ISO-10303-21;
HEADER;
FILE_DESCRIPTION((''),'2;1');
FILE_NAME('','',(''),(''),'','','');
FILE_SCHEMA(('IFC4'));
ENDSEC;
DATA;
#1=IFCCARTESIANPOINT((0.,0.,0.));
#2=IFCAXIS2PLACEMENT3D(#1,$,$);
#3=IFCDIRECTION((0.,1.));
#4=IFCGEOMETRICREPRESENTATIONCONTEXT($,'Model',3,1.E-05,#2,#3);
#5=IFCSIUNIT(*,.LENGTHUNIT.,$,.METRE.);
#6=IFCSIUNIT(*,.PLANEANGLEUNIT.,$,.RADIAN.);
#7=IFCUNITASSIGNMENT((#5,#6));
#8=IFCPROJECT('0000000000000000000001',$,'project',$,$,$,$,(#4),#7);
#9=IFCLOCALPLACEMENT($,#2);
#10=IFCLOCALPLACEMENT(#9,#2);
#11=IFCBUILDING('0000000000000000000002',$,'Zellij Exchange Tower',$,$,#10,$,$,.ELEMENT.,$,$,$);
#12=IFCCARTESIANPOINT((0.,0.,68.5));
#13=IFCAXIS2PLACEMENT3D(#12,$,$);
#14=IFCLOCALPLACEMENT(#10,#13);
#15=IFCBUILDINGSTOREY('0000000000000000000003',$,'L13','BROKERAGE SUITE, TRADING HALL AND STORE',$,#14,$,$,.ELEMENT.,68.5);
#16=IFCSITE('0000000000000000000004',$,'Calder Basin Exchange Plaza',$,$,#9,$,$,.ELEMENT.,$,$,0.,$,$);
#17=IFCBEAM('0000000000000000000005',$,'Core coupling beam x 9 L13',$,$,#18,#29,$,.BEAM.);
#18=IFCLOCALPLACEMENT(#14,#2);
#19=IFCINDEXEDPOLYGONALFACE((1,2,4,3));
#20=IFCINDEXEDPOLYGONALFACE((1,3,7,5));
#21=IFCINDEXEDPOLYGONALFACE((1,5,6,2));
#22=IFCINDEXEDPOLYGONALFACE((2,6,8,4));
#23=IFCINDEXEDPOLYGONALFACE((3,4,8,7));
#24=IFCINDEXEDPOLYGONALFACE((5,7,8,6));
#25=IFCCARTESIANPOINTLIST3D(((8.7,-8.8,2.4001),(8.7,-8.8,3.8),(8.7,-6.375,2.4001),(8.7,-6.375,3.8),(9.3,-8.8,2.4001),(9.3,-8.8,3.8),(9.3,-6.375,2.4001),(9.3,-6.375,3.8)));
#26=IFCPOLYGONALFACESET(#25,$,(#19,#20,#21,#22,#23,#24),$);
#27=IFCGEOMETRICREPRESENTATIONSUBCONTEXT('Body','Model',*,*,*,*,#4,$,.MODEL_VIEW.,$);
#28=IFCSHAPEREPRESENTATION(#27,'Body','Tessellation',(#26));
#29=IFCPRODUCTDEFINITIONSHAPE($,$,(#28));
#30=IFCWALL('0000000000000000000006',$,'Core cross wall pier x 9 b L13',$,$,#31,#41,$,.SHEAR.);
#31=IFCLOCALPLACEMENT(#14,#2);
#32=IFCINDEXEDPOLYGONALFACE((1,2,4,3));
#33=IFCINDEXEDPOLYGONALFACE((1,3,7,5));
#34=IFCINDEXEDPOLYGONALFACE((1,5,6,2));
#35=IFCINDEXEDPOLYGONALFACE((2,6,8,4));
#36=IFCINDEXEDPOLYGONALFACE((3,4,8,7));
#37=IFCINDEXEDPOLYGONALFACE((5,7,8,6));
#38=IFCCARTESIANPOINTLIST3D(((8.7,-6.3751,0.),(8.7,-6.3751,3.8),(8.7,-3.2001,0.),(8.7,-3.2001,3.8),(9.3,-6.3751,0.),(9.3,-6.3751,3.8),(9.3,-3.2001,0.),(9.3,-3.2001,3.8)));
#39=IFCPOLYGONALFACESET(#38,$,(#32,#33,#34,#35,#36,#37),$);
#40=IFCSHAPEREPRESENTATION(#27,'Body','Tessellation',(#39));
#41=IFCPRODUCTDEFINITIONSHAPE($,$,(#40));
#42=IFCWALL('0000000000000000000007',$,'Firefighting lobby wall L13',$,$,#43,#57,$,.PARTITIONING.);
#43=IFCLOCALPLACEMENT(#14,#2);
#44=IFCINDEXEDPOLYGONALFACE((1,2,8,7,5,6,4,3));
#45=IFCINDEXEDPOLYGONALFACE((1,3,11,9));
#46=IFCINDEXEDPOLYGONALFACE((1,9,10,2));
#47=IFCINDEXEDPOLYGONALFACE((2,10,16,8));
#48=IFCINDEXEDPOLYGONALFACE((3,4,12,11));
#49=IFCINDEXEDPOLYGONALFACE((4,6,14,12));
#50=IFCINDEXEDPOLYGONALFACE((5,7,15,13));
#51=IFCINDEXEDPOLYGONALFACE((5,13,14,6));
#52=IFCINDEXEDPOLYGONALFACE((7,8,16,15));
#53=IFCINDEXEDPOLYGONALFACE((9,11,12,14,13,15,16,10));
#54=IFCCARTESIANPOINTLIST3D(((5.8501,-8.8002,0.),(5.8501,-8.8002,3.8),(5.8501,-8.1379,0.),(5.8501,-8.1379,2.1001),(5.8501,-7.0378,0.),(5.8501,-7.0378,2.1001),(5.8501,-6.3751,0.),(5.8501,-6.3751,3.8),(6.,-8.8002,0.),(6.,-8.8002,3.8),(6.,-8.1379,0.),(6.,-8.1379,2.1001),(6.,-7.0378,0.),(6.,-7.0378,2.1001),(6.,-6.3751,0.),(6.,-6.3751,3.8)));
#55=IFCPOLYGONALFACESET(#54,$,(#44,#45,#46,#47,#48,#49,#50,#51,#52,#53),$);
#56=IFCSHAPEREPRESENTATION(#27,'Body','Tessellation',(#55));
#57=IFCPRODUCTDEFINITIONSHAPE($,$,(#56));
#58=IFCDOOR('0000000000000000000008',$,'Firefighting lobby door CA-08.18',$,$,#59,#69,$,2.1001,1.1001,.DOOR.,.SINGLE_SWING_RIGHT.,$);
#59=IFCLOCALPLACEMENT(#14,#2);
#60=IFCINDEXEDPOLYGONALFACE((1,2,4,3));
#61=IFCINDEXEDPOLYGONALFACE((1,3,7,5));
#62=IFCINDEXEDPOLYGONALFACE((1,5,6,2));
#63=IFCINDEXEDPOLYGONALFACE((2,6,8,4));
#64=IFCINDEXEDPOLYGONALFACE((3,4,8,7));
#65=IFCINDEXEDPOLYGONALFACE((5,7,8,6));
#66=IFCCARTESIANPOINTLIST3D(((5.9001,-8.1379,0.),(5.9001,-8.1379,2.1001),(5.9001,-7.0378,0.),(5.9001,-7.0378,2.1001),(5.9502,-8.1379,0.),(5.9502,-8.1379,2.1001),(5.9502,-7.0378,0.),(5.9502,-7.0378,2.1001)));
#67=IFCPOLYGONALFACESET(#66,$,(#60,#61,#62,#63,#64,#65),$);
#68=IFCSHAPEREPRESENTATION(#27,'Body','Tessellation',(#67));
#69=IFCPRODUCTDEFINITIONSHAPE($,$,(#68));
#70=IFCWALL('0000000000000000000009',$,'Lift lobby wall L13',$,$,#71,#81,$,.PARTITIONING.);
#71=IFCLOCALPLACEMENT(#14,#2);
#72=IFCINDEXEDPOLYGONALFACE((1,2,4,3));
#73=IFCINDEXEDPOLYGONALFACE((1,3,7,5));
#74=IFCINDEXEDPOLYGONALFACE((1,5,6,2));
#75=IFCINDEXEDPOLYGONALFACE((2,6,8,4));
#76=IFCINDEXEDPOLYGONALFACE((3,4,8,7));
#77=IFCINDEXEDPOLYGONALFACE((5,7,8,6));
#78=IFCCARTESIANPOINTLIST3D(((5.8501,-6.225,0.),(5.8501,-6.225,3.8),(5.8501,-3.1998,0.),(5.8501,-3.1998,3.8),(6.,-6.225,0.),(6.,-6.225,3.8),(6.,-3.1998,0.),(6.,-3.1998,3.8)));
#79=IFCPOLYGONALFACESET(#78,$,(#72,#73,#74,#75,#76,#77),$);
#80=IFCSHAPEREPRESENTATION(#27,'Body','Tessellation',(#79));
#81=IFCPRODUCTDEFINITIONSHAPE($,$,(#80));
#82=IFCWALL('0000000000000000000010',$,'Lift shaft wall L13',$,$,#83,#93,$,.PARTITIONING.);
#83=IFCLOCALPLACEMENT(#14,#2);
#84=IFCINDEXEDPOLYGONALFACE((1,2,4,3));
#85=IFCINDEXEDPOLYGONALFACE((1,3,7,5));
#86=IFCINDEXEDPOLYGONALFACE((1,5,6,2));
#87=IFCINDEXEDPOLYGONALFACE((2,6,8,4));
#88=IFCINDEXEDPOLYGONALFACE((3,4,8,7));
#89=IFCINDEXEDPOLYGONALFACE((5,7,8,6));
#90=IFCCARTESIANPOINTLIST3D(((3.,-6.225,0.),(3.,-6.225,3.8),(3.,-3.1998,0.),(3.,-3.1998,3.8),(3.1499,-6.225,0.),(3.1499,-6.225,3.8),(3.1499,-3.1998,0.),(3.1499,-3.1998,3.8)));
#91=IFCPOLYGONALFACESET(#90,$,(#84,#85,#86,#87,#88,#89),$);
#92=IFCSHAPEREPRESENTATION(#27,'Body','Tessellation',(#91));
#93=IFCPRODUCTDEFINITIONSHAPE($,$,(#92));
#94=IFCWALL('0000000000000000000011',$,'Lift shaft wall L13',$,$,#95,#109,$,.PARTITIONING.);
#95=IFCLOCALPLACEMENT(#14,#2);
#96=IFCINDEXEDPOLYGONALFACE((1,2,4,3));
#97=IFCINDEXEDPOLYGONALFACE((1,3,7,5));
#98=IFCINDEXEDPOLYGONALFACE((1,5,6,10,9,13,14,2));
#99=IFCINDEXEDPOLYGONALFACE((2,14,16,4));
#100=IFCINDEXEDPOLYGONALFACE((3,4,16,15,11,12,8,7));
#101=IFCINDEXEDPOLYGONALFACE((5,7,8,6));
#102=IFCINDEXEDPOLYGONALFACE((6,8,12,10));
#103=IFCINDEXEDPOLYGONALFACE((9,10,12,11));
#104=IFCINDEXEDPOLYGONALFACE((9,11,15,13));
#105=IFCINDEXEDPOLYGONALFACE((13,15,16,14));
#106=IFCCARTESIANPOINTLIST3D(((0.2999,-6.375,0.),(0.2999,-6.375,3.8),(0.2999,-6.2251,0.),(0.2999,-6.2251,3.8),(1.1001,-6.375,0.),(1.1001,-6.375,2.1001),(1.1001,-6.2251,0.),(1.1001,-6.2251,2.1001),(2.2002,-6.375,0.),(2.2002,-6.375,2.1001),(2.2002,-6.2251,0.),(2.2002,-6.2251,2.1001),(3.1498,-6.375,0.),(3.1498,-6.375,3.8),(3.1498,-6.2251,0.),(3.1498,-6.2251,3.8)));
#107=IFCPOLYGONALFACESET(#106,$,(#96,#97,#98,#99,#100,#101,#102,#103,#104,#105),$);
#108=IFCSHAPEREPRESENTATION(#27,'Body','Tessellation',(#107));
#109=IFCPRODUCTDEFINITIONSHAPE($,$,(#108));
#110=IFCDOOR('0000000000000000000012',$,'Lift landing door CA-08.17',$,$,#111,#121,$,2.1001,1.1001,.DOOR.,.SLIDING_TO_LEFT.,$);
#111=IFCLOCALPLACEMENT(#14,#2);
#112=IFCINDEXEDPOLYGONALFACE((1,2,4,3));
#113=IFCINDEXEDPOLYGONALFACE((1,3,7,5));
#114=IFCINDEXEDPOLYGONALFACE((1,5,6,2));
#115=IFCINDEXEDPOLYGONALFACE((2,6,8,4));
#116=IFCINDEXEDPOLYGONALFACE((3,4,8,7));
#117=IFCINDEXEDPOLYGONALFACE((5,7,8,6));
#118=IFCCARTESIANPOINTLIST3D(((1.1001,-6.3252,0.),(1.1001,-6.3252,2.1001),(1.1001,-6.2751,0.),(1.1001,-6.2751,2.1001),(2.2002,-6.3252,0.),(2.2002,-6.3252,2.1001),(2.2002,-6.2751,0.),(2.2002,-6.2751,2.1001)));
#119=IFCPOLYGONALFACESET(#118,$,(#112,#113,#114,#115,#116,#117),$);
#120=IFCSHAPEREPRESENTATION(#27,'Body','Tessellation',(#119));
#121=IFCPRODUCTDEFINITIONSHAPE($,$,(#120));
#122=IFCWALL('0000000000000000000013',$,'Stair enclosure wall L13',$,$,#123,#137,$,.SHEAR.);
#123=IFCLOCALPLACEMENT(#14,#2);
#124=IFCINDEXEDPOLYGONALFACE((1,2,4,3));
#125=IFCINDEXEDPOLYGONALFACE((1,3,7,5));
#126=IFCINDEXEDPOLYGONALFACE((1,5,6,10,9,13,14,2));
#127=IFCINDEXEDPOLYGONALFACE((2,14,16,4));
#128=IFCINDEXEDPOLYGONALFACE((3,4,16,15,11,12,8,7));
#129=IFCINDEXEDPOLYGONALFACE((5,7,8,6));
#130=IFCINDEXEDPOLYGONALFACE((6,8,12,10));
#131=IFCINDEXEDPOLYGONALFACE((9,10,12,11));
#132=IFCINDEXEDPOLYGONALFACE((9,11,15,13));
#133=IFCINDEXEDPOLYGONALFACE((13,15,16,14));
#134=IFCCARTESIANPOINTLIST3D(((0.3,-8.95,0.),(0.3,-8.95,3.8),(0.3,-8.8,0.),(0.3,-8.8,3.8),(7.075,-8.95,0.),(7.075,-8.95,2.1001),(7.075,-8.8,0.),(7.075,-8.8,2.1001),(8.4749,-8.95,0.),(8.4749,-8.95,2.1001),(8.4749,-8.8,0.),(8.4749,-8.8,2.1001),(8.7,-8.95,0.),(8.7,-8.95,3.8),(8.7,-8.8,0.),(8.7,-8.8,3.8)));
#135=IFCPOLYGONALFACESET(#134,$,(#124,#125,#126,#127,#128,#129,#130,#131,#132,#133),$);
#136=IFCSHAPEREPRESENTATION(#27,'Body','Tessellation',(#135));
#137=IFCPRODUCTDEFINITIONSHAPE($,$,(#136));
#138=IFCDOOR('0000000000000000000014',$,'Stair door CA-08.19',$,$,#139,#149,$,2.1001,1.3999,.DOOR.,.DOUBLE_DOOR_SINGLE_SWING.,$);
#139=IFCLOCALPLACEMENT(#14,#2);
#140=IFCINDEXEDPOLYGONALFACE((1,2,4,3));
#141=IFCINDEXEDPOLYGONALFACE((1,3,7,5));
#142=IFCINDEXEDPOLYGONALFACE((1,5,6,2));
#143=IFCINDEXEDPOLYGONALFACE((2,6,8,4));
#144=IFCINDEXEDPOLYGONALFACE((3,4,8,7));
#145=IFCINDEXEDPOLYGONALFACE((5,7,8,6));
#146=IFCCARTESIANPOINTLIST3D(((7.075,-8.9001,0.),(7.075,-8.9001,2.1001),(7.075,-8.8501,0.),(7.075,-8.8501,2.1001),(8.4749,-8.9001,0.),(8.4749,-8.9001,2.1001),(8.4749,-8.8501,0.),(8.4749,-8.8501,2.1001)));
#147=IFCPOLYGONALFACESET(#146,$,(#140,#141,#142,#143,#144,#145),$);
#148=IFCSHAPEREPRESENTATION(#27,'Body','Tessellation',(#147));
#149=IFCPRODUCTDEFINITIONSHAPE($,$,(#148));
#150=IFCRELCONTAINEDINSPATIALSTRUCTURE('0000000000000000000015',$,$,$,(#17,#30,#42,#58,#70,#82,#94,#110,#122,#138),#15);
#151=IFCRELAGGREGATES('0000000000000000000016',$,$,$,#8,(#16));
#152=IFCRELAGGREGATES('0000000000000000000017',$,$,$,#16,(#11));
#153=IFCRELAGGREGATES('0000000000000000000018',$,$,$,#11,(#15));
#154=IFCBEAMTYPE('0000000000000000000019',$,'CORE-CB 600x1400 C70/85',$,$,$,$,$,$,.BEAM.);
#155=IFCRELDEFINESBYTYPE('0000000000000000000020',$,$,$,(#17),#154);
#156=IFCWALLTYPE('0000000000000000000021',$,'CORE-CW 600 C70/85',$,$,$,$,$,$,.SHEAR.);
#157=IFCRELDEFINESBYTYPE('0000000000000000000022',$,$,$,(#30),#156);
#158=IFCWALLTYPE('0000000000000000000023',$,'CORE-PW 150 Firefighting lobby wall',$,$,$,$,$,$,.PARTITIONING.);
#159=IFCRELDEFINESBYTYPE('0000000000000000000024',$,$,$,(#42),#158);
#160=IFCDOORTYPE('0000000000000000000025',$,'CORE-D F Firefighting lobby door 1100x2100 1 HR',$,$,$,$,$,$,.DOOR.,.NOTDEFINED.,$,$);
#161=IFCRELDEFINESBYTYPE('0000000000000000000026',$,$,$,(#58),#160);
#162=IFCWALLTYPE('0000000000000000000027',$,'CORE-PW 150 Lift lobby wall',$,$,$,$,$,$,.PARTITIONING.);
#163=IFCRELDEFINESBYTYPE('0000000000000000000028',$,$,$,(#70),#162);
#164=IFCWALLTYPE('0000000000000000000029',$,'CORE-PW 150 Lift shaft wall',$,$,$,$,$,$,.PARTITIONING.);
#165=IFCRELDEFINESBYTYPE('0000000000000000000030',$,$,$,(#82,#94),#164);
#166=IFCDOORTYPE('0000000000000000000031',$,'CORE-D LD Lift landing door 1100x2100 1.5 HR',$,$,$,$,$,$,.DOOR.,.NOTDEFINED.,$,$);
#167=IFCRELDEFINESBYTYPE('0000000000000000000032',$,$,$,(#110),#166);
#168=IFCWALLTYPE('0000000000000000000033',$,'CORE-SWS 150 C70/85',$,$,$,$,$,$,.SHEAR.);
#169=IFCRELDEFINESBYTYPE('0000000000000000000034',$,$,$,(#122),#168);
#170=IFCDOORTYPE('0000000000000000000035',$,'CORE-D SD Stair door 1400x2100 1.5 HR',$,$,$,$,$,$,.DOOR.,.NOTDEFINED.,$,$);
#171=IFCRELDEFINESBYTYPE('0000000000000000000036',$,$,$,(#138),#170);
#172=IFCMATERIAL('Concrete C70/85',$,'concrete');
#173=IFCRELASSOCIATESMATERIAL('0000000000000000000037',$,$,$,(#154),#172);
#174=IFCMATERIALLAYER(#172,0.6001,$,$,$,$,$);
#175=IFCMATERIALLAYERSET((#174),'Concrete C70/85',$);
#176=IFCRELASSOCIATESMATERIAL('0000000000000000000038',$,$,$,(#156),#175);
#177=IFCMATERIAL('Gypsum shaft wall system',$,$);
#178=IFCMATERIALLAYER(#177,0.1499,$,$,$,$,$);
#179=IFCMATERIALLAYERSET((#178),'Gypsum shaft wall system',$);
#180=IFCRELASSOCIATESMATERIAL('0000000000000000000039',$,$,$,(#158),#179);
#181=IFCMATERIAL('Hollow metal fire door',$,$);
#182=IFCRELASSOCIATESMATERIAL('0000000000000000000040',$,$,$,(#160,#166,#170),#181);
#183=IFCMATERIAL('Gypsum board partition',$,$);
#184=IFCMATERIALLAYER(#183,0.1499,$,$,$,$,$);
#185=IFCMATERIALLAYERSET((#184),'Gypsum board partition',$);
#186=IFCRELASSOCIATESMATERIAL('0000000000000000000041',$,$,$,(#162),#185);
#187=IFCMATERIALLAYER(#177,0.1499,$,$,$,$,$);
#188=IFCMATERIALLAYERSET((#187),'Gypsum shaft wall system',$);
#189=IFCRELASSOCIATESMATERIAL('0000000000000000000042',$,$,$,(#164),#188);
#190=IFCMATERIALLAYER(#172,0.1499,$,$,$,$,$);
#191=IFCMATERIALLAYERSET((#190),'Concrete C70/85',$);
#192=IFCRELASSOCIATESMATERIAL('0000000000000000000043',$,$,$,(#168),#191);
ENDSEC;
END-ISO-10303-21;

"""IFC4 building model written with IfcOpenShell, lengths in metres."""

from ifc_helpers import new_model, si_unit, direction, frame, frame_2d, origin, origin_2d, place, context, subcontext, project, spatial, rectangle, extrude, material, layer, layer_set, material_profile, profile_set, type_object, element, fill, save


model = new_model("IFC4")

# Units and contexts
model_context = context("Model", 3, precision=1e-05, world=origin(), true_north=direction((0.0, 1.0)))
body_context = subcontext(model_context, "Body", "Model", "MODEL_VIEW")
ifc_project = project(units=[si_unit("LENGTHUNIT", "METRE"), si_unit("PLANEANGLEUNIT", "RADIAN")], contexts=[model_context])

# Site, building, storey
site_placement = place(None, origin())
site = spatial("IfcSite", under=ifc_project, at=site_placement, Name="Calder Basin Exchange Plaza", CompositionType="ELEMENT", RefElevation=0.0)
building_placement = place(site_placement, origin())
building = spatial("IfcBuilding", under=site, at=building_placement, Name="Zellij Exchange Tower", CompositionType="ELEMENT")
storey_placement = place(building_placement, frame((0.0, 0.0, 68.5)))
storey = spatial("IfcBuildingStorey", under=building, at=storey_placement, Name="L13", Description="BROKERAGE SUITE, TRADING HALL AND STORE", CompositionType="ELEMENT", Elevation=68.5)

# Beam
ifc_material_1 = material(Name="Concrete C70/85", Category="concrete")
ifc_material_profile = material_profile(ifc_material_1, rectangle(XDim=0.6001, YDim=1.3999, at=origin_2d()), Name="CORE-CB 600x1400 C70/85")
ifc_profile_set = profile_set([ifc_material_profile], Name="Concrete C70/85")
beam_type = type_object("IfcBeamType", Name="CORE-CB 600x1400 C70/85", PredefinedType="BEAM", material=ifc_profile_set)
beam_placement = place(storey_placement, frame((9.0, -8.8, 3.1001), z_axis=(0.0, 1.0, 0.0), x_axis=(-1.0, 0.0, 0.0)))
element("IfcBeam", 1, at=beam_placement, inside=storey, type_object=beam_type, Name="Core coupling beam x 9 L13", PredefinedType="BEAM", context=body_context, shape_type="SweptSolid", body=[
    extrude(rectangle(XDim=0.6001, YDim=1.3999, at=origin_2d()), origin(), (0.0, 0.0, 1.0), 2.425),
])

# Wall
ifc_layer_1 = layer(ifc_material_1, 0.6001)
ifc_layer_set_1 = layer_set([ifc_layer_1], Name="Concrete C70/85")
wall_type_1 = type_object("IfcWallType", Name="CORE-CW 600 C70/85", PredefinedType="SHEAR", material=ifc_layer_set_1)
wall_1_placement = place(storey_placement, frame((9.0, -6.375, 0.0), z_axis=(0.0, 0.0, 1.0), x_axis=(0.0, 1.0, 0.0)))
element("IfcWall", 2, at=wall_1_placement, inside=storey, type_object=wall_type_1, Name="Core cross wall pier x 9 b L13", PredefinedType="SHEAR", context=body_context, shape_type="SweptSolid", body=[
    extrude(rectangle(XDim=3.175, YDim=0.6001, at=frame_2d((1.5874, 0.0))), origin(), (0.0, 0.0, 1.0), 3.8),
])

# Wall, opening, door
ifc_material_2 = material(Name="Gypsum shaft wall system")
ifc_layer_2 = layer(ifc_material_2, 0.1499)
ifc_layer_set_2 = layer_set([ifc_layer_2], Name="Gypsum shaft wall system")
wall_type_2 = type_object("IfcWallType", Name="CORE-PW 150 Firefighting lobby wall", PredefinedType="PARTITIONING", material=ifc_layer_set_2)
wall_2_placement = place(storey_placement, frame((5.925, -8.8, 0.0), z_axis=(0.0, 0.0, 1.0), x_axis=(0.0, 1.0, 0.0)))
wall_2 = element("IfcWall", 3, at=wall_2_placement, inside=storey, type_object=wall_type_2, Name="Firefighting lobby wall L13", PredefinedType="PARTITIONING", context=body_context, shape_type="SweptSolid", body=[
    extrude(rectangle(XDim=2.425, YDim=0.1499, at=frame_2d((1.2124, 0.0))), origin(), (0.0, 0.0, 1.0), 3.8),
])
opening_1_placement = place(wall_2_placement, frame((0.6621, 0.0, 0.0)))
opening_1 = element("IfcOpeningElement", 4, at=opening_1_placement, cuts=wall_2, PredefinedType="OPENING", context=body_context, shape_type="SweptSolid", body=[
    extrude(rectangle(XDim=1.1001, YDim=2.1001, at=frame_2d((0.55, 1.05))), frame((0.0, 0.0869, 0.0), z_axis=(0.0, -1.0, 0.0), x_axis=(1.0, 0.0, 0.0)), (0.0, 0.0, 1.0), 0.1738),
])
ifc_material_3 = material(Name="Hollow metal fire door")
door_type_1 = type_object("IfcDoorType", Name="CORE-D F Firefighting lobby door 1100x2100 1 HR", OperationType="NOTDEFINED", PredefinedType="DOOR", material=ifc_material_3)
door_1_placement = place(opening_1_placement, origin())
door_1 = element("IfcDoor", 5, at=door_1_placement, inside=storey, type_object=door_type_1, Name="Firefighting lobby door CA-08.18", OperationType="SINGLE_SWING_RIGHT", OverallHeight=2.1001, OverallWidth=1.1001, PredefinedType="DOOR", context=body_context, shape_type="SweptSolid", body=[
    extrude(rectangle(XDim=1.1001, YDim=2.1001, at=frame_2d((0.55, 1.05))), frame((0.0, 0.0249, 0.0), z_axis=(0.0, -1.0, 0.0), x_axis=(1.0, 0.0, 0.0)), (0.0, 0.0, 1.0), 0.05),
])
fill(opening_1, door_1)

# Walls
ifc_material_4 = material(Name="Gypsum board partition")
ifc_layer_3 = layer(ifc_material_4, 0.1499)
ifc_layer_set_3 = layer_set([ifc_layer_3], Name="Gypsum board partition")
wall_type_3 = type_object("IfcWallType", Name="CORE-PW 150 Lift lobby wall", PredefinedType="PARTITIONING", material=ifc_layer_set_3)
wall_3_placement = place(storey_placement, frame((5.925, -6.2251, 0.0), z_axis=(0.0, 0.0, 1.0), x_axis=(0.0, 1.0, 0.0)))
element("IfcWall", 6, at=wall_3_placement, inside=storey, type_object=wall_type_3, Name="Lift lobby wall L13", PredefinedType="PARTITIONING", context=body_context, shape_type="SweptSolid", body=[
    extrude(rectangle(XDim=3.0251, YDim=0.1499, at=frame_2d((1.5127, 0.0))), origin(), (0.0, 0.0, 1.0), 3.8),
])
ifc_layer_4 = layer(ifc_material_2, 0.1499)
ifc_layer_set_4 = layer_set([ifc_layer_4], Name="Gypsum shaft wall system")
wall_type_4 = type_object("IfcWallType", Name="CORE-PW 150 Lift shaft wall", PredefinedType="PARTITIONING", material=ifc_layer_set_4)
wall_4_placement = place(storey_placement, frame((3.075, -6.2251, 0.0), z_axis=(0.0, 0.0, 1.0), x_axis=(0.0, 1.0, 0.0)))
element("IfcWall", 7, at=wall_4_placement, inside=storey, type_object=wall_type_4, Name="Lift shaft wall L13", PredefinedType="PARTITIONING", context=body_context, shape_type="SweptSolid", body=[
    extrude(rectangle(XDim=3.0251, YDim=0.1499, at=frame_2d((1.5127, 0.0))), origin(), (0.0, 0.0, 1.0), 3.8),
])

# Walls, openings, doors
wall_5_placement = place(storey_placement, frame((0.3, -6.3, 0.0), z_axis=(0.0, 0.0, 1.0), x_axis=(1.0, 0.0, 0.0)))
wall_5 = element("IfcWall", 8, at=wall_5_placement, inside=storey, type_object=wall_type_4, Name="Lift shaft wall L13", PredefinedType="PARTITIONING", context=body_context, shape_type="SweptSolid", body=[
    extrude(rectangle(XDim=2.8499, YDim=0.1499, at=frame_2d((1.4248, 0.0))), origin(), (0.0, 0.0, 1.0), 3.8),
])
opening_2_placement = place(wall_5_placement, frame((0.8, 0.0, 0.0)))
opening_2 = element("IfcOpeningElement", 9, at=opening_2_placement, cuts=wall_5, PredefinedType="OPENING", context=body_context, shape_type="SweptSolid", body=[
    extrude(rectangle(XDim=1.1001, YDim=2.1001, at=frame_2d((0.55, 1.05))), frame((0.0, 0.0869, 0.0), z_axis=(0.0, -1.0, 0.0), x_axis=(1.0, 0.0, 0.0)), (0.0, 0.0, 1.0), 0.1738),
])
door_type_2 = type_object("IfcDoorType", Name="CORE-D LD Lift landing door 1100x2100 1.5 HR", OperationType="NOTDEFINED", PredefinedType="DOOR", material=ifc_material_3)
door_2_placement = place(opening_2_placement, origin())
door_2 = element("IfcDoor", 10, at=door_2_placement, inside=storey, type_object=door_type_2, Name="Lift landing door CA-08.17", OperationType="SLIDING_TO_LEFT", OverallHeight=2.1001, OverallWidth=1.1001, PredefinedType="DOOR", context=body_context, shape_type="SweptSolid", body=[
    extrude(rectangle(XDim=1.1001, YDim=2.1001, at=frame_2d((0.55, 1.05))), frame((0.0, 0.0249, 0.0), z_axis=(0.0, -1.0, 0.0), x_axis=(1.0, 0.0, 0.0)), (0.0, 0.0, 1.0), 0.05),
])
fill(opening_2, door_2)
ifc_layer_5 = layer(ifc_material_1, 0.1499)
ifc_layer_set_5 = layer_set([ifc_layer_5], Name="Concrete C70/85")
wall_type_5 = type_object("IfcWallType", Name="CORE-SWS 150 C70/85", PredefinedType="SHEAR", material=ifc_layer_set_5)
wall_6_placement = place(storey_placement, frame((0.3, -8.875, 0.0), z_axis=(0.0, 0.0, 1.0), x_axis=(1.0, 0.0, 0.0)))
wall_6 = element("IfcWall", 11, at=wall_6_placement, inside=storey, type_object=wall_type_5, Name="Stair enclosure wall L13", PredefinedType="SHEAR", context=body_context, shape_type="SweptSolid", body=[
    extrude(rectangle(XDim=8.3999, YDim=0.1499, at=frame_2d((4.2, 0.0))), origin(), (0.0, 0.0, 1.0), 3.8),
])
opening_3_placement = place(wall_6_placement, frame((6.7749, 0.0, 0.0)))
opening_3 = element("IfcOpeningElement", 12, at=opening_3_placement, cuts=wall_6, PredefinedType="OPENING", context=body_context, shape_type="SweptSolid", body=[
    extrude(rectangle(XDim=1.3999, YDim=2.1001, at=frame_2d((0.7, 1.05))), frame((0.0, 0.0869, 0.0), z_axis=(0.0, -1.0, 0.0), x_axis=(1.0, 0.0, 0.0)), (0.0, 0.0, 1.0), 0.1738),
])
door_type_3 = type_object("IfcDoorType", Name="CORE-D SD Stair door 1400x2100 1.5 HR", OperationType="NOTDEFINED", PredefinedType="DOOR", material=ifc_material_3)
door_3_placement = place(opening_3_placement, origin())
door_3 = element("IfcDoor", 13, at=door_3_placement, inside=storey, type_object=door_type_3, Name="Stair door CA-08.19", OperationType="DOUBLE_DOOR_SINGLE_SWING", OverallHeight=2.1001, OverallWidth=1.3999, PredefinedType="DOOR", context=body_context, shape_type="SweptSolid", body=[
    extrude(rectangle(XDim=1.3999, YDim=2.1001, at=frame_2d((0.7, 1.05))), frame((0.0, 0.0249, 0.0), z_axis=(0.0, -1.0, 0.0), x_axis=(1.0, 0.0, 0.0)), (0.0, 0.0, 1.0), 0.05),
])
fill(opening_3, door_3)

save(model, "model.ifc")
